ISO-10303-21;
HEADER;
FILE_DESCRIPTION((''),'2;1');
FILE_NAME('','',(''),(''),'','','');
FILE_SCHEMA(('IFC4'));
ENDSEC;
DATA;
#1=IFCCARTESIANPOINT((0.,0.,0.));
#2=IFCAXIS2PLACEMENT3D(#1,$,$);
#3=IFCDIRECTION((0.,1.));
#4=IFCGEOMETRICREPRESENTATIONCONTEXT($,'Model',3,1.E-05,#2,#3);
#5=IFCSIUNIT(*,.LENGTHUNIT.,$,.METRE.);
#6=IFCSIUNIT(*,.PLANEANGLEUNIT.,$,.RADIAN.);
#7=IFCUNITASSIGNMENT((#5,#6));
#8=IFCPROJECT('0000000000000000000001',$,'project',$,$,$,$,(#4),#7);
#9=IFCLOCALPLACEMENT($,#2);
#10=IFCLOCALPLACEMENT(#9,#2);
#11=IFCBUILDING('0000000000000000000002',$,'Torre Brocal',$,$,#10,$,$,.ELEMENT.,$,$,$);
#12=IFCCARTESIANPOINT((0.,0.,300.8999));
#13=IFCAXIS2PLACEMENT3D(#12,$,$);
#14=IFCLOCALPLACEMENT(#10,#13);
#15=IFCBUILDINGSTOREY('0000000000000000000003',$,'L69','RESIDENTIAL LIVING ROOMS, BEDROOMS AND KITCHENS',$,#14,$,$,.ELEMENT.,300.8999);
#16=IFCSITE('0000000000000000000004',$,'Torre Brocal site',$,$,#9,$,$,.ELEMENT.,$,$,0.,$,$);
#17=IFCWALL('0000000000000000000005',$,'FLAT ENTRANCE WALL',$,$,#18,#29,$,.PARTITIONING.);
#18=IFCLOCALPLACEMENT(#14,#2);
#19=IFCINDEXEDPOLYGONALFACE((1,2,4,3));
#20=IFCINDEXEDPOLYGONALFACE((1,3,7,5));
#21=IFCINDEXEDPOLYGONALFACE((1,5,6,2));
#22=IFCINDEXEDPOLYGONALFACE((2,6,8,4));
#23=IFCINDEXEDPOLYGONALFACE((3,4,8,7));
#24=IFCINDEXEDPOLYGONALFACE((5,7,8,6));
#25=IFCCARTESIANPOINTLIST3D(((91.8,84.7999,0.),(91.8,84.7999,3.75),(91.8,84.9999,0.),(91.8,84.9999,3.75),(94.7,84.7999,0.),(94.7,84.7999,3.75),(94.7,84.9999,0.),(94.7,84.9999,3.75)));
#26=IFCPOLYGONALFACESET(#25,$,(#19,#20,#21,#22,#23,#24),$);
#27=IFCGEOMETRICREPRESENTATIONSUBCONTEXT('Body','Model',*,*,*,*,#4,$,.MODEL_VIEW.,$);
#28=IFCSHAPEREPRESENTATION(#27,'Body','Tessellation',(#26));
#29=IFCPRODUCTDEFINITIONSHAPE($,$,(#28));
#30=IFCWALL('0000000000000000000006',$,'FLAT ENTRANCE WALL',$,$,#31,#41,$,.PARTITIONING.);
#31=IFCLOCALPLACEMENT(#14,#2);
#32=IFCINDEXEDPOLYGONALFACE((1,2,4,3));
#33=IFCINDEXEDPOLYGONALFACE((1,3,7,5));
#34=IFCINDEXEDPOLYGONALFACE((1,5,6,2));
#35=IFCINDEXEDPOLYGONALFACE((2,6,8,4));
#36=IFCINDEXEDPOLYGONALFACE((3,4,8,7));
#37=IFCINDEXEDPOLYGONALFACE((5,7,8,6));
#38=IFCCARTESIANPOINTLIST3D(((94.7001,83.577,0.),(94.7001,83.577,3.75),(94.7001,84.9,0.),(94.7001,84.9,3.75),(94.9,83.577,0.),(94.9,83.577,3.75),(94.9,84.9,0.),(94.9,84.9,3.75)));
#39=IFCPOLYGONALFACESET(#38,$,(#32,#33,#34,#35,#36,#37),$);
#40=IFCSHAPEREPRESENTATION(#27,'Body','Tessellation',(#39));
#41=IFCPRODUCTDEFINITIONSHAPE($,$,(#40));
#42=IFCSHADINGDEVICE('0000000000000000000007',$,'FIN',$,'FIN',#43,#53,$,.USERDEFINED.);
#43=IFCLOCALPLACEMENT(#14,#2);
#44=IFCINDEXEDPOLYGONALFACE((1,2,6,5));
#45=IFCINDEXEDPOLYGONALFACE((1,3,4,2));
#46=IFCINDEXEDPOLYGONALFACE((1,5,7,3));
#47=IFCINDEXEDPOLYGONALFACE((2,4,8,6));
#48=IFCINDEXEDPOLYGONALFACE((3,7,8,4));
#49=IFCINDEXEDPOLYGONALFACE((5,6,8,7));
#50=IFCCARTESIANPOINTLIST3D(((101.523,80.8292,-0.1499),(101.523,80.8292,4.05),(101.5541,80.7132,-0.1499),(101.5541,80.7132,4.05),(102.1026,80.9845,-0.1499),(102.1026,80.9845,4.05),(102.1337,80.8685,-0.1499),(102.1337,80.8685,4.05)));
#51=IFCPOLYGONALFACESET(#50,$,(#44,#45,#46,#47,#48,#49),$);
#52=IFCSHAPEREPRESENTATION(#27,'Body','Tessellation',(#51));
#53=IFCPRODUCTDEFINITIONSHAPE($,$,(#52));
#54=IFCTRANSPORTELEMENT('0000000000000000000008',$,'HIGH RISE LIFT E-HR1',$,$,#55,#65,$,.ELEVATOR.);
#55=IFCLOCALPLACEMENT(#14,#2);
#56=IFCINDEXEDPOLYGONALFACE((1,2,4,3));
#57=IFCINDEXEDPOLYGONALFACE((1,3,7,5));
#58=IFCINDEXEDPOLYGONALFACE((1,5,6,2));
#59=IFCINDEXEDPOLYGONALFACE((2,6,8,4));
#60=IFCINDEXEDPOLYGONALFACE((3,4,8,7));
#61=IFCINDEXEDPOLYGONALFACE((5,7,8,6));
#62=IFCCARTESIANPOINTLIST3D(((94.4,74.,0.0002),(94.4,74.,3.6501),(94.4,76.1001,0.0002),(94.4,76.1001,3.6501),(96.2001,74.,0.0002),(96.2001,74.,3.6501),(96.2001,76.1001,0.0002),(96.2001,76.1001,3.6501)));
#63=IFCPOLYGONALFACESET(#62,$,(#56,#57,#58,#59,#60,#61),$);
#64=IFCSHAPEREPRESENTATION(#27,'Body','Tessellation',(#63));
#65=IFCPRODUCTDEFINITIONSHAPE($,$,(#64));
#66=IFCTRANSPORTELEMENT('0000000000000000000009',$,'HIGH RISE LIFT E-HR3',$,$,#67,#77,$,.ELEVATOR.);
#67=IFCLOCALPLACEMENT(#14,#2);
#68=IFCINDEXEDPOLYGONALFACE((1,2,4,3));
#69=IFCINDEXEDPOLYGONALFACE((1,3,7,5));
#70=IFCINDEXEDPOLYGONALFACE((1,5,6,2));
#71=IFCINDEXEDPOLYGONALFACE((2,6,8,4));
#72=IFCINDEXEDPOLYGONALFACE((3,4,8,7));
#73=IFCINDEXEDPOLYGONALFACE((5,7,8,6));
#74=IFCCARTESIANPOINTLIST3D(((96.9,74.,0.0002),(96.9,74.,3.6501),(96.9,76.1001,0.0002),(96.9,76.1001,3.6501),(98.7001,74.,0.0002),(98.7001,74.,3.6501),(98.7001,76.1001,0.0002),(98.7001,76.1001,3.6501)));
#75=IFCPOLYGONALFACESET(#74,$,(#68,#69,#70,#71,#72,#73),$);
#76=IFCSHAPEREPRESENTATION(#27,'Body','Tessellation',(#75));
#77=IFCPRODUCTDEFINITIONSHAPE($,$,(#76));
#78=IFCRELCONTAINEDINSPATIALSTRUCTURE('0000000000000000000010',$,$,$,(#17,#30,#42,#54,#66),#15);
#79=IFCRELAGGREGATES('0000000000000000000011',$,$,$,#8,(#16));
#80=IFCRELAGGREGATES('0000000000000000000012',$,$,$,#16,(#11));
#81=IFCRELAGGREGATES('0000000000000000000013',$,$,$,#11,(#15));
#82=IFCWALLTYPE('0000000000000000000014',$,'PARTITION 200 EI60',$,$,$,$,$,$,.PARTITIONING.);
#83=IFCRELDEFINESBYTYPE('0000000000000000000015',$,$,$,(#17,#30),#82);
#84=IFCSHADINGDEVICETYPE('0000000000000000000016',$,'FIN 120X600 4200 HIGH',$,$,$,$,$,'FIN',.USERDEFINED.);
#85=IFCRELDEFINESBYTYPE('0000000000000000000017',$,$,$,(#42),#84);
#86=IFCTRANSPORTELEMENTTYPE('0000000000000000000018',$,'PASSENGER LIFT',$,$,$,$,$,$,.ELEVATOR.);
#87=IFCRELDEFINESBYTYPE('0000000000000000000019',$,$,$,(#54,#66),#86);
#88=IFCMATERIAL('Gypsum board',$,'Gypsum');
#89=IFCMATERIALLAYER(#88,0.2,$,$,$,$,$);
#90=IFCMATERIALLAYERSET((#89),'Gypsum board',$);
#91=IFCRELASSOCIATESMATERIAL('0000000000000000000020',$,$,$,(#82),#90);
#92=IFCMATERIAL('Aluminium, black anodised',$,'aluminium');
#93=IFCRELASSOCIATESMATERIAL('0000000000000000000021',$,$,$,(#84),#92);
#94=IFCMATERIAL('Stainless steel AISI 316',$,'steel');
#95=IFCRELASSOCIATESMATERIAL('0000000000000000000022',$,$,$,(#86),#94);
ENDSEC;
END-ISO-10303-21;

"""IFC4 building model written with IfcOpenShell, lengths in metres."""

from ifc_helpers import new_model, si_unit, direction, frame, frame_2d, origin, origin_2d, place, context, subcontext, project, spatial, rectangle, extrude, material, layer, layer_set, material_profile, profile_set, type_object, element, save


model = new_model("IFC4")

# Units and contexts
model_context = context("Model", 3, precision=1e-05, world=origin(), true_north=direction((0.0, 1.0)))
body_context = subcontext(model_context, "Body", "Model", "MODEL_VIEW")
ifc_project = project(units=[si_unit("LENGTHUNIT", "METRE"), si_unit("PLANEANGLEUNIT", "RADIAN")], contexts=[model_context])

# Site, building, storey
site_placement = place(None, origin())
site = spatial("IfcSite", under=ifc_project, at=site_placement, Name="Torre Brocal site", CompositionType="ELEMENT", RefElevation=0.0)
building_placement = place(site_placement, origin())
building = spatial("IfcBuilding", under=site, at=building_placement, Name="Torre Brocal", CompositionType="ELEMENT")
storey_placement = place(building_placement, frame((0.0, 0.0, 300.8999)))
storey = spatial("IfcBuildingStorey", under=building, at=storey_placement, Name="L69", Description="RESIDENTIAL LIVING ROOMS, BEDROOMS AND KITCHENS", CompositionType="ELEMENT", Elevation=300.8999)

# Walls
ifc_material_1 = material(Name="Gypsum board", Category="Gypsum")
ifc_layer_1 = layer(ifc_material_1, 0.2)
ifc_layer_set_1 = layer_set([ifc_layer_1], Name="Gypsum board")
wall_type_1 = type_object("IfcWallType", Name="PARTITION 200 EI60", PredefinedType="PARTITIONING", material=ifc_layer_set_1)
wall_1_placement = place(storey_placement, frame((91.8, 84.8999, 0.0), z_axis=(0.0, 0.0, 1.0), x_axis=(1.0, 0.0, 0.0)))
element("IfcWall", 1, at=wall_1_placement, inside=storey, type_object=wall_type_1, Name="FLAT ENTRANCE WALL", PredefinedType="PARTITIONING", context=body_context, shape_type="SweptSolid", body=[
    extrude(rectangle(XDim=2.8999, YDim=0.2, at=frame_2d((1.45, 0.0))), origin(), (0.0, 0.0, 1.0), 3.75),
])
wall_2_placement = place(storey_placement, frame((94.8, 83.5769, 0.0), z_axis=(0.0, 0.0, 1.0), x_axis=(0.0, 1.0, 0.0)))
element("IfcWall", 2, at=wall_2_placement, inside=storey, type_object=wall_type_1, Name="FLAT ENTRANCE WALL", PredefinedType="PARTITIONING", context=body_context, shape_type="SweptSolid", body=[
    extrude(rectangle(XDim=1.323, YDim=0.2, at=frame_2d((0.6616, 0.0))), origin(), (0.0, 0.0, 1.0), 3.75),
])

# Shading device
ifc_material_2 = material(Name="Aluminium, black anodised", Category="aluminium")
ifc_material_profile_1 = material_profile(ifc_material_2, rectangle(XDim=0.1201, YDim=0.6001, at=origin_2d()), Name="FIN 120X600 4200 HIGH")
ifc_profile_set_1 = profile_set([ifc_material_profile_1], Name="Aluminium, black anodised")
shading_device_type = type_object("IfcShadingDeviceType", Name="FIN 120X600 4200 HIGH", ElementType="FIN", PredefinedType="USERDEFINED", material=ifc_profile_set_1)
shading_device_placement = place(storey_placement, frame((101.8284, 80.8489, -0.1499), z_axis=(0.0, 0.0, 1.0), x_axis=(-0.258819, 0.965926, 0.0)))
element("IfcShadingDevice", 3, at=shading_device_placement, inside=storey, type_object=shading_device_type, Name="FIN", ObjectType="FIN", PredefinedType="USERDEFINED", context=body_context, shape_type="SweptSolid", body=[
    extrude(rectangle(XDim=0.1201, YDim=0.6001, at=origin_2d()), origin(), (0.0, 0.0, 1.0), 4.2),
])

# Transport elements
ifc_material_3 = material(Name="Stainless steel AISI 316", Category="steel")
transport_element_type = type_object("IfcTransportElementType", Name="PASSENGER LIFT", PredefinedType="ELEVATOR", material=ifc_material_3)
for number, where, z_axis, x_axis, name in (
    (4, (95.3, 75.05, 0.0002), (0.0, 0.0, 1.0), (1.0, 0.0, 0.0), "HIGH RISE LIFT E-HR1"),
    (5, (97.8, 75.05, 0.0002), (0.0, 0.0, 1.0), (1.0, 0.0, 0.0), "HIGH RISE LIFT E-HR3"),
):
    element("IfcTransportElement", number, at=place(storey_placement, frame(where, z_axis=z_axis, x_axis=x_axis)), inside=storey, type_object=transport_element_type, Name=name, PredefinedType="ELEVATOR", context=body_context, shape_type="SweptSolid", body=[
        extrude(rectangle(XDim=1.8, YDim=2.1001, at=origin_2d()), origin(), (0.0, 0.0, 1.0), 3.6499),
    ])

save(model, "model.ifc")
